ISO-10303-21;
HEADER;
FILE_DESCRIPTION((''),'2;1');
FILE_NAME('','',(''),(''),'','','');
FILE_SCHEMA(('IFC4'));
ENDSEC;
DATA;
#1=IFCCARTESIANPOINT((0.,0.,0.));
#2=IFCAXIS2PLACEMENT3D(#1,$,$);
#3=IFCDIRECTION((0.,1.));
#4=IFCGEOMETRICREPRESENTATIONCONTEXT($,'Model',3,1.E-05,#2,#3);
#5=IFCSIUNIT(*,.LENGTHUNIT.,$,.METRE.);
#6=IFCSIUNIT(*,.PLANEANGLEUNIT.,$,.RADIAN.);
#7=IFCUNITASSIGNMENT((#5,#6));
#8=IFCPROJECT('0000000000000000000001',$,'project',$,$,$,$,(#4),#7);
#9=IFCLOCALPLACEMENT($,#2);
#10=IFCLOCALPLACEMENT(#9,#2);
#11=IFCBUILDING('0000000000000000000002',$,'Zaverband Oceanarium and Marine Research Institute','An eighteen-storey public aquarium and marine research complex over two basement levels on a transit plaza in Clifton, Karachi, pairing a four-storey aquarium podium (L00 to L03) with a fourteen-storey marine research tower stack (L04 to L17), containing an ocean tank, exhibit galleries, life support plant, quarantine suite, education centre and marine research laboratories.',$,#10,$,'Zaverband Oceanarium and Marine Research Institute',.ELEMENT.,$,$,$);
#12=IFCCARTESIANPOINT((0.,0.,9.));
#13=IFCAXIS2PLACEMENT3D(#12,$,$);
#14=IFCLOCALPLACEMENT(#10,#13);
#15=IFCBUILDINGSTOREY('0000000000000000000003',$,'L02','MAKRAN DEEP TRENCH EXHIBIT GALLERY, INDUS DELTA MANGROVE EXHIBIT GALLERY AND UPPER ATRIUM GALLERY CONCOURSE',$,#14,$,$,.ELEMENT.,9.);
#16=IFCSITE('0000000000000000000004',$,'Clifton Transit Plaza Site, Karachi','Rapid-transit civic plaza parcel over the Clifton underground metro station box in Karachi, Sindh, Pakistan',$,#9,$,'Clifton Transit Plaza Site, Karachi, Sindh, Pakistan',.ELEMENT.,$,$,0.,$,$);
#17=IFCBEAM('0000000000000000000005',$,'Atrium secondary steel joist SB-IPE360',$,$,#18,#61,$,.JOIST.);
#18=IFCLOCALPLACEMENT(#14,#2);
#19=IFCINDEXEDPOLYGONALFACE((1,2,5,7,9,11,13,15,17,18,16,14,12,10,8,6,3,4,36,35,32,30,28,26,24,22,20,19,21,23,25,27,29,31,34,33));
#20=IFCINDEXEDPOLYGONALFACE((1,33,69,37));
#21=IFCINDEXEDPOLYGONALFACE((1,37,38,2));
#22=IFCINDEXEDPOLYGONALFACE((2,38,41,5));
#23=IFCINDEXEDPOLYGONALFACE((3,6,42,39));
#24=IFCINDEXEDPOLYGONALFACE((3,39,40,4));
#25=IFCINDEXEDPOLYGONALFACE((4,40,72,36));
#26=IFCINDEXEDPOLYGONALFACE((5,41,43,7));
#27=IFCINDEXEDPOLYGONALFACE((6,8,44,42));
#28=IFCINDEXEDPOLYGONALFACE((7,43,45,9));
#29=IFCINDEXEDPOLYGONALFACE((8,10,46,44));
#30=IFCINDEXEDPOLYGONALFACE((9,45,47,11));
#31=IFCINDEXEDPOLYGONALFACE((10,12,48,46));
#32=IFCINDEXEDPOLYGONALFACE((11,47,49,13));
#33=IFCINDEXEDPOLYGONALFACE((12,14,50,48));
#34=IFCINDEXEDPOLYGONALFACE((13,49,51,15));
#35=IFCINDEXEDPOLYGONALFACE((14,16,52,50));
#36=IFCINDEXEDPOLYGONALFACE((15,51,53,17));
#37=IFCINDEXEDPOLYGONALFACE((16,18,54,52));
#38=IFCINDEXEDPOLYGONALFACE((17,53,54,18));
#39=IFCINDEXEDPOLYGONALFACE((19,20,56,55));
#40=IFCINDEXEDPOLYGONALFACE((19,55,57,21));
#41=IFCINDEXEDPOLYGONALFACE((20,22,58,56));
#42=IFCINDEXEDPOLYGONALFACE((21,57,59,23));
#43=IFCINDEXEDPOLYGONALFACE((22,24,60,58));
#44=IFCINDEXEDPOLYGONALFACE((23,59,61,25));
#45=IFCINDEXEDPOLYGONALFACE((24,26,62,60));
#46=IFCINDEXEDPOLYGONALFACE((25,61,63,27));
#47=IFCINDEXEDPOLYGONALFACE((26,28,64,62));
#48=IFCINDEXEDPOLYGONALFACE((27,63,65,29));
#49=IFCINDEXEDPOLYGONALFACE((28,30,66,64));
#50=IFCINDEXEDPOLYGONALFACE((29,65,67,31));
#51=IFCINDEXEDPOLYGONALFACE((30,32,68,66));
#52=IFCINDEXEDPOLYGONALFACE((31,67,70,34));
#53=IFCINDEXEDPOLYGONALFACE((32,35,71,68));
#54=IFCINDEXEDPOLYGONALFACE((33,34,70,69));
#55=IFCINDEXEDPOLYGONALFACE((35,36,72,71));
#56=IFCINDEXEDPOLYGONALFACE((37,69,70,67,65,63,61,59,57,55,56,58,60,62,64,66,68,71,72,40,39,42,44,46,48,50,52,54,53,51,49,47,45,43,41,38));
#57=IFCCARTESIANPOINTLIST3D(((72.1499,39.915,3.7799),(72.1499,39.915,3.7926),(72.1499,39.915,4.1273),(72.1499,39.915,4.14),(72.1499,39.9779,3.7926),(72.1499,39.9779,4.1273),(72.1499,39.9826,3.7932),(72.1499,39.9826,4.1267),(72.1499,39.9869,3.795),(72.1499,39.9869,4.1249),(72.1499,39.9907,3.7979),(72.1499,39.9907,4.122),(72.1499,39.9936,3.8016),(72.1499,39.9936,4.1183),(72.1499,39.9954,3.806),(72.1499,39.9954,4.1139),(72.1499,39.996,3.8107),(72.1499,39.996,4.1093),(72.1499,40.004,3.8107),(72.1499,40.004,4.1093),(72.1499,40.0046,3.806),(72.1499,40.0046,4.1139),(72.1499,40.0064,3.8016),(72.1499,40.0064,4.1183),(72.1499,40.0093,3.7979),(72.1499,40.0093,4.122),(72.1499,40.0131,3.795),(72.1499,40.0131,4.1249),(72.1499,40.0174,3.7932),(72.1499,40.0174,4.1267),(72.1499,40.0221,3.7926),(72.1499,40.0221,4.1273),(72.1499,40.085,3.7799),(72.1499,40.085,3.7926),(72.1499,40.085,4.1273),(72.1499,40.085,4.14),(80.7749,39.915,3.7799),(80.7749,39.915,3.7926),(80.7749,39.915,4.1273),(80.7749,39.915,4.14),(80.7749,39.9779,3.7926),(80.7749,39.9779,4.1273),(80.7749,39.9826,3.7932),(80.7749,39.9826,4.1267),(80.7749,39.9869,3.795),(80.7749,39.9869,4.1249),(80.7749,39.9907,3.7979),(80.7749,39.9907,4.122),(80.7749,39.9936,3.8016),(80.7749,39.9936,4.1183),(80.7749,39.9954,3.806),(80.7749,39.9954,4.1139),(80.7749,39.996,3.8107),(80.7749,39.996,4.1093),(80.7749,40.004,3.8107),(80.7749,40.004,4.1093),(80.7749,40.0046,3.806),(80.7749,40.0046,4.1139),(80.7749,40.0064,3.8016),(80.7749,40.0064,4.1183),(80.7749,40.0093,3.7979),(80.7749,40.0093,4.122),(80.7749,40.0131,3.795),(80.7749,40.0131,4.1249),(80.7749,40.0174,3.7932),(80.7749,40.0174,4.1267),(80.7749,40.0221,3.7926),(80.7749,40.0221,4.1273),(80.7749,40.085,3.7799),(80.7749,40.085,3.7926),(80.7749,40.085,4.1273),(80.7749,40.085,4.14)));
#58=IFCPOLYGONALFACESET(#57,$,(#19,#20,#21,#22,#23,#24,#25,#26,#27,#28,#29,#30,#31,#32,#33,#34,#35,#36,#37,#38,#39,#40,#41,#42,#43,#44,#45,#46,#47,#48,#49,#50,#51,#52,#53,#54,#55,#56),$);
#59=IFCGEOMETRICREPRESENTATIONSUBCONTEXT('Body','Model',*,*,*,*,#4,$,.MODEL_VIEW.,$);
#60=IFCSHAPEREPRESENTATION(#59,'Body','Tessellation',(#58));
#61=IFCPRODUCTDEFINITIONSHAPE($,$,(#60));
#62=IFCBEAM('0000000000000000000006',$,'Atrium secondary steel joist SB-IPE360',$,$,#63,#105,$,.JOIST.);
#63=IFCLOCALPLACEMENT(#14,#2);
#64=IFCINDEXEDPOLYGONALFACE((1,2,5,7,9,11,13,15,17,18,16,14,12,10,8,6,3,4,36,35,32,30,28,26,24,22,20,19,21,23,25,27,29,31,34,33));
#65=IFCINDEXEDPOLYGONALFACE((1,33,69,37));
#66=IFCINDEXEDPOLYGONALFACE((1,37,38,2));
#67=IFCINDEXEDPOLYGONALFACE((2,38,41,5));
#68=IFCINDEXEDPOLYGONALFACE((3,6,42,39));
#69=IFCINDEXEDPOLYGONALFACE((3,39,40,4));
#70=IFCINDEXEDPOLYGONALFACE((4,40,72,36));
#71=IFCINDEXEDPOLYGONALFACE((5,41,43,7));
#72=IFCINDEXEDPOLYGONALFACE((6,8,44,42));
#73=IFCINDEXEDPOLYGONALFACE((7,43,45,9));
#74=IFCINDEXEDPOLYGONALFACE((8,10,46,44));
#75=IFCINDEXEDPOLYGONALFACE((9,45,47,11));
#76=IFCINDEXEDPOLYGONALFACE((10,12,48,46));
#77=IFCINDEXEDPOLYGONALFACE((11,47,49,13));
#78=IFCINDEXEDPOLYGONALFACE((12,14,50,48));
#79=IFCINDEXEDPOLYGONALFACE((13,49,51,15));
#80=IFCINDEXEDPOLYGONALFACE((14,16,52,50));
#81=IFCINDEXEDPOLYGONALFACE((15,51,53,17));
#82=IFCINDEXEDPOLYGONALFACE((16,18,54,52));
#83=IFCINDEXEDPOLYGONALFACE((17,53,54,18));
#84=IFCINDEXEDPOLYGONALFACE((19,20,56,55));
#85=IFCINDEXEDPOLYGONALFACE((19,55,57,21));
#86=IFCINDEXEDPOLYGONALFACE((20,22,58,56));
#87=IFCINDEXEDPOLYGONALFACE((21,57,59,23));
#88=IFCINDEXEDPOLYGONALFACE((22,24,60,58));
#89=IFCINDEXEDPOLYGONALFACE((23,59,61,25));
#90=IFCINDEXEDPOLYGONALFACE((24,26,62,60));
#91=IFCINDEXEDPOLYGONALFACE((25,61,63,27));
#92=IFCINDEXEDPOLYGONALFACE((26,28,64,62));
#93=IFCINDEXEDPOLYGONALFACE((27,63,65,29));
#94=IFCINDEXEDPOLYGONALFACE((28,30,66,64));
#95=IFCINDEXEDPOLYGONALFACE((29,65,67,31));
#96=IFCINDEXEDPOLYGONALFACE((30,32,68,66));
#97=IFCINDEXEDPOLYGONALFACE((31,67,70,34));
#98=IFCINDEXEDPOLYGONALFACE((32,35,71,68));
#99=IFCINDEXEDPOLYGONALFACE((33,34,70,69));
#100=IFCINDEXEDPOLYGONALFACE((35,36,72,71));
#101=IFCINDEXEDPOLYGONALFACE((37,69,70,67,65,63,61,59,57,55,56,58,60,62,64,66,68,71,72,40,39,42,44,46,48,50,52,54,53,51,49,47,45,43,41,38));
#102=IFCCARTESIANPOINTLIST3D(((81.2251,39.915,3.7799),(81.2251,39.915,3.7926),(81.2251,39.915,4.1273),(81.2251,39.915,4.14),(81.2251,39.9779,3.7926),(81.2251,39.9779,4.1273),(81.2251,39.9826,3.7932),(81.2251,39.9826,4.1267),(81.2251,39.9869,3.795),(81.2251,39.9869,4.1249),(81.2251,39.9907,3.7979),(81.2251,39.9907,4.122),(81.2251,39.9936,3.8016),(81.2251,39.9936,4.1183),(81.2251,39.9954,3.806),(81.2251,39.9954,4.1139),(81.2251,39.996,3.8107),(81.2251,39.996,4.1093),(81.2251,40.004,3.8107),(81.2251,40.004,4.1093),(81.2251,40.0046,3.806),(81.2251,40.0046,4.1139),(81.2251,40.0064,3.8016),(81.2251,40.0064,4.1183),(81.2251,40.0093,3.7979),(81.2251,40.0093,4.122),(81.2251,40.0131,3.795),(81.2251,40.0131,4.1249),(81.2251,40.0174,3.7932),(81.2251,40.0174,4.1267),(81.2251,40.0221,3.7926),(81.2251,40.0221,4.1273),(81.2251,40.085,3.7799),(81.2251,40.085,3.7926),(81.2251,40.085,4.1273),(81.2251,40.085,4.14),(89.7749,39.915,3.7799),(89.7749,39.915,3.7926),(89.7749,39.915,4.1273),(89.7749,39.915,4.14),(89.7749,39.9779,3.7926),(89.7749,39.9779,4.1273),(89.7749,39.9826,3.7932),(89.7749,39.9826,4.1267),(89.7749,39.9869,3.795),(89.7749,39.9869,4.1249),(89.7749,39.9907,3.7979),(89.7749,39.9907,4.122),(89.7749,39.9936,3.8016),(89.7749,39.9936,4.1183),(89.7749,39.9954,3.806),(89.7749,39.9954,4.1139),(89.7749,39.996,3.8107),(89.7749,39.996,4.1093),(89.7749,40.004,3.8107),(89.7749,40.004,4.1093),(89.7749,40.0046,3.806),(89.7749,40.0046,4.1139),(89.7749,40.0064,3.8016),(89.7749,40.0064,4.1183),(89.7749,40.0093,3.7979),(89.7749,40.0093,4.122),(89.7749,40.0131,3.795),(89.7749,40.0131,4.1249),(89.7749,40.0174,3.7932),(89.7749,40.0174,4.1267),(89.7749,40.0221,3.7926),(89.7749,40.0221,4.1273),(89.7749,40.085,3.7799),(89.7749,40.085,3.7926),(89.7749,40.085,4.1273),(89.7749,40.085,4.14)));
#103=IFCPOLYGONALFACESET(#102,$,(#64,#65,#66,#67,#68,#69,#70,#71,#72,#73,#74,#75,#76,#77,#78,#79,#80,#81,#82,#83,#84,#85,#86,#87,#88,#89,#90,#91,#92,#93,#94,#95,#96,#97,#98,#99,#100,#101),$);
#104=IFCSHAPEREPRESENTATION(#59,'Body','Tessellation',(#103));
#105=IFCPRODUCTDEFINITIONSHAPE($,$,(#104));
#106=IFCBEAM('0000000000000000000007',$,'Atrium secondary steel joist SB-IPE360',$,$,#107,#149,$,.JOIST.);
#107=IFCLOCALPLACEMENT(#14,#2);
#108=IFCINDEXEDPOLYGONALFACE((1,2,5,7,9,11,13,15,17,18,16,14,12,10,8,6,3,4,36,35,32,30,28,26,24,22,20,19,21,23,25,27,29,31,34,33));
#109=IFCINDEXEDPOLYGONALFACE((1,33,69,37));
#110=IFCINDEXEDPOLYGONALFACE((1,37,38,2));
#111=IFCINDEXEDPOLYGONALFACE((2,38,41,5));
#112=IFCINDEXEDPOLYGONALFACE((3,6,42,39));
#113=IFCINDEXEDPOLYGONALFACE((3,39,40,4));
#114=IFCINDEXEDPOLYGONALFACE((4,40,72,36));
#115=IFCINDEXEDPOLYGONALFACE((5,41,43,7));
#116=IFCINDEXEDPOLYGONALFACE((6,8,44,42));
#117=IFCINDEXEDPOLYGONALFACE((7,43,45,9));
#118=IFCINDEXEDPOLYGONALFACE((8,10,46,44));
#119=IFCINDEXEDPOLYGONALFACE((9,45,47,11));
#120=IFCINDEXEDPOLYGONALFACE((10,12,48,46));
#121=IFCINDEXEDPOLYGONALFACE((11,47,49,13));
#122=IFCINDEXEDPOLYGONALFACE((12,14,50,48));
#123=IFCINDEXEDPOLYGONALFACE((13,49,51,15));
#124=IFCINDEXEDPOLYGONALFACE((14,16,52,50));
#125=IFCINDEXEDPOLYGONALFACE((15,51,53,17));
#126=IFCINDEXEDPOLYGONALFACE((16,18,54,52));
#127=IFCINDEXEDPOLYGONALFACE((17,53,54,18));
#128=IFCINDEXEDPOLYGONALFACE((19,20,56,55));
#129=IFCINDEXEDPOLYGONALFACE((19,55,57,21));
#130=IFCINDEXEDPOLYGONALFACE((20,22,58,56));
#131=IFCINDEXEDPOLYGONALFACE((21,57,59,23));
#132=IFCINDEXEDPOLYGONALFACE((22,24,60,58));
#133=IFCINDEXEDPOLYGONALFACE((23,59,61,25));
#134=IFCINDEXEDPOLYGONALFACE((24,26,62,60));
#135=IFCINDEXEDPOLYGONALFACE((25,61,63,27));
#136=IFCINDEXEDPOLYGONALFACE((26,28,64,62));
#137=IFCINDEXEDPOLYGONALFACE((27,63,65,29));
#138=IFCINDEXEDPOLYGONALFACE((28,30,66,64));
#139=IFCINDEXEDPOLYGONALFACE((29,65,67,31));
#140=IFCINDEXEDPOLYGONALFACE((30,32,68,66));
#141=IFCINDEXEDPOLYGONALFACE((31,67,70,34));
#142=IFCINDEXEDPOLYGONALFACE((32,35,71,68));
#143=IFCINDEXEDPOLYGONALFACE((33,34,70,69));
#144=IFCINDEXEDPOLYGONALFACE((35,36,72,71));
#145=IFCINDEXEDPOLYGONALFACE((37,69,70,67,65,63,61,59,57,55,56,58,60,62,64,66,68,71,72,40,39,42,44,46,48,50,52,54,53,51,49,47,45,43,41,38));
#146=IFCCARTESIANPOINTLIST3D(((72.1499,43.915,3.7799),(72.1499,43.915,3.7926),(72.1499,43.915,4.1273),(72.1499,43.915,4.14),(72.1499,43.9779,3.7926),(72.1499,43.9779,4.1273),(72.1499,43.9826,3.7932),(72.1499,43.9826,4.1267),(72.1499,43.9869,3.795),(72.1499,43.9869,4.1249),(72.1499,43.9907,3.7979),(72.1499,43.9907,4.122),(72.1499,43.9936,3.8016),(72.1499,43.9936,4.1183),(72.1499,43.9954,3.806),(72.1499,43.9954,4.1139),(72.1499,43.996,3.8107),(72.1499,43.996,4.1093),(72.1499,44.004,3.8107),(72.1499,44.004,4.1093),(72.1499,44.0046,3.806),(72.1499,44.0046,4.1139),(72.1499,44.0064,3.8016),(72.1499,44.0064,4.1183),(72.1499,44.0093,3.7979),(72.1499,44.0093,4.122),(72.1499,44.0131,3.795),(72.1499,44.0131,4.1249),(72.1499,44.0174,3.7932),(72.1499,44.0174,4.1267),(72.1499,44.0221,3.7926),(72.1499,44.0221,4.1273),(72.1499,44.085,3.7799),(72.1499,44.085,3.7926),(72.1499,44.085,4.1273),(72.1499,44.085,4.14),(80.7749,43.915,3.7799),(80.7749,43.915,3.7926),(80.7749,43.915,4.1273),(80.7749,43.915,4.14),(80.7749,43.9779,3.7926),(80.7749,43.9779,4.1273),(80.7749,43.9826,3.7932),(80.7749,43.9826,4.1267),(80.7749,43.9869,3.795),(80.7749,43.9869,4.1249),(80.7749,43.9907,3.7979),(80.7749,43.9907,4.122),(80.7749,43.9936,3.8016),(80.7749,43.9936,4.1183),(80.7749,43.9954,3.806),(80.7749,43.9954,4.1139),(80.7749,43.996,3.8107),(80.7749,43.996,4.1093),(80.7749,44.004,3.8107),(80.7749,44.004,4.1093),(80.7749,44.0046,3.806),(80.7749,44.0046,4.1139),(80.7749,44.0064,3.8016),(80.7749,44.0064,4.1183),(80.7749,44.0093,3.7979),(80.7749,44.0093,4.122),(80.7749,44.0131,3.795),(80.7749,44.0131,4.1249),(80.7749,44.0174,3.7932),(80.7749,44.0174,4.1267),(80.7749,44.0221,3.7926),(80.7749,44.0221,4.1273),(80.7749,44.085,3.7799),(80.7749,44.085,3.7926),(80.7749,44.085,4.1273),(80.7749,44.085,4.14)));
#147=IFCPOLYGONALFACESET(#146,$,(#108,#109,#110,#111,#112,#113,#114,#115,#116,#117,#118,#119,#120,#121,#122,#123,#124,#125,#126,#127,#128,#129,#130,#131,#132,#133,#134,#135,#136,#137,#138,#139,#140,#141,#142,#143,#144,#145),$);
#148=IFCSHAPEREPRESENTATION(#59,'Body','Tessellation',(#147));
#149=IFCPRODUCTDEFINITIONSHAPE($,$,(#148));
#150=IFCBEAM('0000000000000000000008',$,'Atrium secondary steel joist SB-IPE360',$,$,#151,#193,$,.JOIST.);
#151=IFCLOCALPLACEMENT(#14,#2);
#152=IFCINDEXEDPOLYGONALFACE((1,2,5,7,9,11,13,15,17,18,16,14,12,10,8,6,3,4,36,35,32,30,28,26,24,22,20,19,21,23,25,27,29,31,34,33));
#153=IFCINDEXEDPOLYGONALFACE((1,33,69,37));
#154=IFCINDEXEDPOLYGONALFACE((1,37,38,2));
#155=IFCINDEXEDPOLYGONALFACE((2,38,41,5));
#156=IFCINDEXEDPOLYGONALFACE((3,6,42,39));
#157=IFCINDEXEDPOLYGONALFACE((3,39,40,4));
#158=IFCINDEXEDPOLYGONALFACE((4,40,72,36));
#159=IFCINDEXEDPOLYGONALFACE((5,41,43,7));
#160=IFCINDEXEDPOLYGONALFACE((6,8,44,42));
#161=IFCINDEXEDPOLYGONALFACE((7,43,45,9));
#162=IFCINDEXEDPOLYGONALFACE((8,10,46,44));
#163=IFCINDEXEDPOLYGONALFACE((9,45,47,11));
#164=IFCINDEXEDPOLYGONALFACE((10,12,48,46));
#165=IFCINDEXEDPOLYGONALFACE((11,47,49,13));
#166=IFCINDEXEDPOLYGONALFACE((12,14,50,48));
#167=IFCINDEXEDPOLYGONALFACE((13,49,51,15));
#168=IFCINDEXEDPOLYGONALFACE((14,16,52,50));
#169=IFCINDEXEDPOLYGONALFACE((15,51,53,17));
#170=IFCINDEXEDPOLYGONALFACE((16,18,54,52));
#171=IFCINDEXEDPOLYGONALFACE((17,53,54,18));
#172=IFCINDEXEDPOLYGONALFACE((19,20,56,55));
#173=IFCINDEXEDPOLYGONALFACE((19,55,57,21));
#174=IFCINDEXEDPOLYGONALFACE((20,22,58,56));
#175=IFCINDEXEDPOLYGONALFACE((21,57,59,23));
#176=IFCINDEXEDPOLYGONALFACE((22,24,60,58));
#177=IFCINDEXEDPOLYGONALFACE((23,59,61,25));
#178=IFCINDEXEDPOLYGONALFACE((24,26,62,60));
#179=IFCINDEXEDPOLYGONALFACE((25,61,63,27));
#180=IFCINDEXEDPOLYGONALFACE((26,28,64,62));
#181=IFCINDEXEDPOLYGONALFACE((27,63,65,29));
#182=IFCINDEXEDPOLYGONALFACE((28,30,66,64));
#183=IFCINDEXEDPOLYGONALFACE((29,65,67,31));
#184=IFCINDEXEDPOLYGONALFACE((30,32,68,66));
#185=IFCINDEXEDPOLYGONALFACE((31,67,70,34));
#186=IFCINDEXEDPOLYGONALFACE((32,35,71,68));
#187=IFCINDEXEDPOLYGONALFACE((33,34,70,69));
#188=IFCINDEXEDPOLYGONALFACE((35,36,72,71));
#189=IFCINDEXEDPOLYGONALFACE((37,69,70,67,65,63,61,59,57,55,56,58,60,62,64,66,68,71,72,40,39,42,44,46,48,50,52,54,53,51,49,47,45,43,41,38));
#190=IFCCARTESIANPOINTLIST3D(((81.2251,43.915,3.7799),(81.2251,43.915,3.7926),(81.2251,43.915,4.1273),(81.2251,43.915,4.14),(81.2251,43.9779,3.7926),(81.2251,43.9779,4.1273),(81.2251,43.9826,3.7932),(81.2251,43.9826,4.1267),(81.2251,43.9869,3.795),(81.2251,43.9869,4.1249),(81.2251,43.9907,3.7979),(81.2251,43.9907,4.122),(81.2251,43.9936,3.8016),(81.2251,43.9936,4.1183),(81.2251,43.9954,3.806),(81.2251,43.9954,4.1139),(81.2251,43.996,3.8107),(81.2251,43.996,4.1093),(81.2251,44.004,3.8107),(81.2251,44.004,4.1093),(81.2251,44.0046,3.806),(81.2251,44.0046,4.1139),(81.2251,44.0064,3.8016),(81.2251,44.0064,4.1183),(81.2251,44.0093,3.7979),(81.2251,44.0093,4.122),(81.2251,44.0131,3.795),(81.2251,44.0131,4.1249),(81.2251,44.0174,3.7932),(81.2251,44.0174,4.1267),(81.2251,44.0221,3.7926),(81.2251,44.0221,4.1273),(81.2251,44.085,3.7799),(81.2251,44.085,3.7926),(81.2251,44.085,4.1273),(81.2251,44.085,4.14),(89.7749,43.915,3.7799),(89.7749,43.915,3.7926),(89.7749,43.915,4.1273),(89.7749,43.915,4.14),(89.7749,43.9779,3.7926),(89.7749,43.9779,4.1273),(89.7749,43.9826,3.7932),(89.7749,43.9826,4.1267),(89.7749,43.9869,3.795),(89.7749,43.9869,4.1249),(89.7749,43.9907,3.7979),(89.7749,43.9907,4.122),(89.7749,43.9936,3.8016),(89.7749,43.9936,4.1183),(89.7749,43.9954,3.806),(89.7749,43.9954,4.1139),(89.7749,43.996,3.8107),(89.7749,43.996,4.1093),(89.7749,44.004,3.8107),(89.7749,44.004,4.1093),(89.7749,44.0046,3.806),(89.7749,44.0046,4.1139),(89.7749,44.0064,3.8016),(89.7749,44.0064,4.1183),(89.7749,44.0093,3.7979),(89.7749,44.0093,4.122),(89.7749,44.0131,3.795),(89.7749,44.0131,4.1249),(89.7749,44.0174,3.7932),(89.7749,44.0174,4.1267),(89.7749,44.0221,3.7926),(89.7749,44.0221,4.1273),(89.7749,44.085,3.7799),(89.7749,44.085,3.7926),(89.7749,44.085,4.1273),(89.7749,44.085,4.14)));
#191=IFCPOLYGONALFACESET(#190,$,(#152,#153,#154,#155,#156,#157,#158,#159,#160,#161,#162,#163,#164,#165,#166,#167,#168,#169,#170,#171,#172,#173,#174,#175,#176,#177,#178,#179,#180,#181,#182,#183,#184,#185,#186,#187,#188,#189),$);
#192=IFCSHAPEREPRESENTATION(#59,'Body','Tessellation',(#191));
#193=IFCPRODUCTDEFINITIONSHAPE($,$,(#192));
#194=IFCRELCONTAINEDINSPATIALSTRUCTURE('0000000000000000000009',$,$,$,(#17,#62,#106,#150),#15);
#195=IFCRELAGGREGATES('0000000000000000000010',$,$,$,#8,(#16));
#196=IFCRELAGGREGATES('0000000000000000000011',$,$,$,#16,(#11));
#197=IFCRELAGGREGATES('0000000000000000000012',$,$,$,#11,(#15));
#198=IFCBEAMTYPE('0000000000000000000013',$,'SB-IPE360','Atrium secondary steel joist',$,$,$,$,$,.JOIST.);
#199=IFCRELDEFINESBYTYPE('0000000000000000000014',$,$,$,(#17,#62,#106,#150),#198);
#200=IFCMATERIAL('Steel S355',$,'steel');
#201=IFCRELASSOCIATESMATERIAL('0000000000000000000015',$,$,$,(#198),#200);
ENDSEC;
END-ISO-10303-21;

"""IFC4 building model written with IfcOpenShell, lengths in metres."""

from ifc_helpers import new_model, si_unit, direction, frame, origin, origin_2d, place, context, subcontext, project, spatial, i_section, extrude, material, material_profile, profile_set, type_object, element, save


model = new_model("IFC4")

# Units and contexts
model_context = context("Model", 3, precision=1e-05, world=origin(), true_north=direction((0.0, 1.0)))
body_context = subcontext(model_context, "Body", "Model", "MODEL_VIEW")
ifc_project = project(units=[si_unit("LENGTHUNIT", "METRE"), si_unit("PLANEANGLEUNIT", "RADIAN")], contexts=[model_context])

# Site, building, storey
site_placement = place(None, origin())
site = spatial("IfcSite", under=ifc_project, at=site_placement, Name="Clifton Transit Plaza Site, Karachi", Description="Rapid-transit civic plaza parcel over the Clifton underground metro station box in Karachi, Sindh, Pakistan", LongName="Clifton Transit Plaza Site, Karachi, Sindh, Pakistan", CompositionType="ELEMENT", RefElevation=0.0)
building_placement = place(site_placement, origin())
building = spatial("IfcBuilding", under=site, at=building_placement, Name="Zaverband Oceanarium and Marine Research Institute", Description="An eighteen-storey public aquarium and marine research complex over two basement levels on a transit plaza in Clifton, Karachi, pairing a four-storey aquarium podium (L00 to L03) with a fourteen-storey marine research tower stack (L04 to L17), containing an ocean tank, exhibit galleries, life support plant, quarantine suite, education centre and marine research laboratories.", LongName="Zaverband Oceanarium and Marine Research Institute", CompositionType="ELEMENT")
storey_placement = place(building_placement, frame((0.0, 0.0, 9.0)))
storey = spatial("IfcBuildingStorey", under=building, at=storey_placement, Name="L02", Description="MAKRAN DEEP TRENCH EXHIBIT GALLERY, INDUS DELTA MANGROVE EXHIBIT GALLERY AND UPPER ATRIUM GALLERY CONCOURSE", CompositionType="ELEMENT", Elevation=9.0)

# Shared definitions
ifc_material_1 = material(Name="Steel S355", Category="steel")

# Beams
ifc_material_profile_1 = material_profile(ifc_material_1, i_section(OverallWidth=0.1699, OverallDepth=0.3601, WebThickness=0.0081, FlangeThickness=0.0127, FilletRadius=0.0181, at=origin_2d()), Name="IPE360")
ifc_profile_set_1 = profile_set([ifc_material_profile_1], Name="Steel S355")
beam_type_1 = type_object("IfcBeamType", Name="SB-IPE360", Description="Atrium secondary steel joist", PredefinedType="JOIST", material=ifc_profile_set_1)
beam_1_placement = place(storey_placement, frame((72.1499, 40.0, 3.96), z_axis=(1.0, 0.0, 0.0), x_axis=(0.0, 1.0, 0.0)))
element("IfcBeam", 1, at=beam_1_placement, inside=storey, type_object=beam_type_1, Name="Atrium secondary steel joist SB-IPE360", PredefinedType="JOIST", context=body_context, shape_type="SweptSolid", body=[
    extrude(i_section(OverallWidth=0.1699, OverallDepth=0.3601, WebThickness=0.0081, FlangeThickness=0.0127, FilletRadius=0.0181, at=origin_2d()), origin(), (0.0, 0.0, 1.0), 8.625),
])
beam_2_placement = place(storey_placement, frame((81.2251, 40.0, 3.96), z_axis=(1.0, 0.0, 0.0), x_axis=(0.0, 1.0, 0.0)))
element("IfcBeam", 2, at=beam_2_placement, inside=storey, type_object=beam_type_1, Name="Atrium secondary steel joist SB-IPE360", PredefinedType="JOIST", context=body_context, shape_type="SweptSolid", body=[
    extrude(i_section(OverallWidth=0.1699, OverallDepth=0.3601, WebThickness=0.0081, FlangeThickness=0.0127, FilletRadius=0.0181, at=origin_2d()), origin(), (0.0, 0.0, 1.0), 8.5498),
])
beam_3_placement = place(storey_placement, frame((72.1499, 44.0, 3.96), z_axis=(1.0, 0.0, 0.0), x_axis=(0.0, 1.0, 0.0)))
element("IfcBeam", 3, at=beam_3_placement, inside=storey, type_object=beam_type_1, Name="Atrium secondary steel joist SB-IPE360", PredefinedType="JOIST", context=body_context, shape_type="SweptSolid", body=[
    extrude(i_section(OverallWidth=0.1699, OverallDepth=0.3601, WebThickness=0.0081, FlangeThickness=0.0127, FilletRadius=0.0181, at=origin_2d()), origin(), (0.0, 0.0, 1.0), 8.625),
])
beam_4_placement = place(storey_placement, frame((81.2251, 44.0, 3.96), z_axis=(1.0, 0.0, 0.0), x_axis=(0.0, 1.0, 0.0)))
element("IfcBeam", 4, at=beam_4_placement, inside=storey, type_object=beam_type_1, Name="Atrium secondary steel joist SB-IPE360", PredefinedType="JOIST", context=body_context, shape_type="SweptSolid", body=[
    extrude(i_section(OverallWidth=0.1699, OverallDepth=0.3601, WebThickness=0.0081, FlangeThickness=0.0127, FilletRadius=0.0181, at=origin_2d()), origin(), (0.0, 0.0, 1.0), 8.5498),
])

save(model, "model.ifc")
